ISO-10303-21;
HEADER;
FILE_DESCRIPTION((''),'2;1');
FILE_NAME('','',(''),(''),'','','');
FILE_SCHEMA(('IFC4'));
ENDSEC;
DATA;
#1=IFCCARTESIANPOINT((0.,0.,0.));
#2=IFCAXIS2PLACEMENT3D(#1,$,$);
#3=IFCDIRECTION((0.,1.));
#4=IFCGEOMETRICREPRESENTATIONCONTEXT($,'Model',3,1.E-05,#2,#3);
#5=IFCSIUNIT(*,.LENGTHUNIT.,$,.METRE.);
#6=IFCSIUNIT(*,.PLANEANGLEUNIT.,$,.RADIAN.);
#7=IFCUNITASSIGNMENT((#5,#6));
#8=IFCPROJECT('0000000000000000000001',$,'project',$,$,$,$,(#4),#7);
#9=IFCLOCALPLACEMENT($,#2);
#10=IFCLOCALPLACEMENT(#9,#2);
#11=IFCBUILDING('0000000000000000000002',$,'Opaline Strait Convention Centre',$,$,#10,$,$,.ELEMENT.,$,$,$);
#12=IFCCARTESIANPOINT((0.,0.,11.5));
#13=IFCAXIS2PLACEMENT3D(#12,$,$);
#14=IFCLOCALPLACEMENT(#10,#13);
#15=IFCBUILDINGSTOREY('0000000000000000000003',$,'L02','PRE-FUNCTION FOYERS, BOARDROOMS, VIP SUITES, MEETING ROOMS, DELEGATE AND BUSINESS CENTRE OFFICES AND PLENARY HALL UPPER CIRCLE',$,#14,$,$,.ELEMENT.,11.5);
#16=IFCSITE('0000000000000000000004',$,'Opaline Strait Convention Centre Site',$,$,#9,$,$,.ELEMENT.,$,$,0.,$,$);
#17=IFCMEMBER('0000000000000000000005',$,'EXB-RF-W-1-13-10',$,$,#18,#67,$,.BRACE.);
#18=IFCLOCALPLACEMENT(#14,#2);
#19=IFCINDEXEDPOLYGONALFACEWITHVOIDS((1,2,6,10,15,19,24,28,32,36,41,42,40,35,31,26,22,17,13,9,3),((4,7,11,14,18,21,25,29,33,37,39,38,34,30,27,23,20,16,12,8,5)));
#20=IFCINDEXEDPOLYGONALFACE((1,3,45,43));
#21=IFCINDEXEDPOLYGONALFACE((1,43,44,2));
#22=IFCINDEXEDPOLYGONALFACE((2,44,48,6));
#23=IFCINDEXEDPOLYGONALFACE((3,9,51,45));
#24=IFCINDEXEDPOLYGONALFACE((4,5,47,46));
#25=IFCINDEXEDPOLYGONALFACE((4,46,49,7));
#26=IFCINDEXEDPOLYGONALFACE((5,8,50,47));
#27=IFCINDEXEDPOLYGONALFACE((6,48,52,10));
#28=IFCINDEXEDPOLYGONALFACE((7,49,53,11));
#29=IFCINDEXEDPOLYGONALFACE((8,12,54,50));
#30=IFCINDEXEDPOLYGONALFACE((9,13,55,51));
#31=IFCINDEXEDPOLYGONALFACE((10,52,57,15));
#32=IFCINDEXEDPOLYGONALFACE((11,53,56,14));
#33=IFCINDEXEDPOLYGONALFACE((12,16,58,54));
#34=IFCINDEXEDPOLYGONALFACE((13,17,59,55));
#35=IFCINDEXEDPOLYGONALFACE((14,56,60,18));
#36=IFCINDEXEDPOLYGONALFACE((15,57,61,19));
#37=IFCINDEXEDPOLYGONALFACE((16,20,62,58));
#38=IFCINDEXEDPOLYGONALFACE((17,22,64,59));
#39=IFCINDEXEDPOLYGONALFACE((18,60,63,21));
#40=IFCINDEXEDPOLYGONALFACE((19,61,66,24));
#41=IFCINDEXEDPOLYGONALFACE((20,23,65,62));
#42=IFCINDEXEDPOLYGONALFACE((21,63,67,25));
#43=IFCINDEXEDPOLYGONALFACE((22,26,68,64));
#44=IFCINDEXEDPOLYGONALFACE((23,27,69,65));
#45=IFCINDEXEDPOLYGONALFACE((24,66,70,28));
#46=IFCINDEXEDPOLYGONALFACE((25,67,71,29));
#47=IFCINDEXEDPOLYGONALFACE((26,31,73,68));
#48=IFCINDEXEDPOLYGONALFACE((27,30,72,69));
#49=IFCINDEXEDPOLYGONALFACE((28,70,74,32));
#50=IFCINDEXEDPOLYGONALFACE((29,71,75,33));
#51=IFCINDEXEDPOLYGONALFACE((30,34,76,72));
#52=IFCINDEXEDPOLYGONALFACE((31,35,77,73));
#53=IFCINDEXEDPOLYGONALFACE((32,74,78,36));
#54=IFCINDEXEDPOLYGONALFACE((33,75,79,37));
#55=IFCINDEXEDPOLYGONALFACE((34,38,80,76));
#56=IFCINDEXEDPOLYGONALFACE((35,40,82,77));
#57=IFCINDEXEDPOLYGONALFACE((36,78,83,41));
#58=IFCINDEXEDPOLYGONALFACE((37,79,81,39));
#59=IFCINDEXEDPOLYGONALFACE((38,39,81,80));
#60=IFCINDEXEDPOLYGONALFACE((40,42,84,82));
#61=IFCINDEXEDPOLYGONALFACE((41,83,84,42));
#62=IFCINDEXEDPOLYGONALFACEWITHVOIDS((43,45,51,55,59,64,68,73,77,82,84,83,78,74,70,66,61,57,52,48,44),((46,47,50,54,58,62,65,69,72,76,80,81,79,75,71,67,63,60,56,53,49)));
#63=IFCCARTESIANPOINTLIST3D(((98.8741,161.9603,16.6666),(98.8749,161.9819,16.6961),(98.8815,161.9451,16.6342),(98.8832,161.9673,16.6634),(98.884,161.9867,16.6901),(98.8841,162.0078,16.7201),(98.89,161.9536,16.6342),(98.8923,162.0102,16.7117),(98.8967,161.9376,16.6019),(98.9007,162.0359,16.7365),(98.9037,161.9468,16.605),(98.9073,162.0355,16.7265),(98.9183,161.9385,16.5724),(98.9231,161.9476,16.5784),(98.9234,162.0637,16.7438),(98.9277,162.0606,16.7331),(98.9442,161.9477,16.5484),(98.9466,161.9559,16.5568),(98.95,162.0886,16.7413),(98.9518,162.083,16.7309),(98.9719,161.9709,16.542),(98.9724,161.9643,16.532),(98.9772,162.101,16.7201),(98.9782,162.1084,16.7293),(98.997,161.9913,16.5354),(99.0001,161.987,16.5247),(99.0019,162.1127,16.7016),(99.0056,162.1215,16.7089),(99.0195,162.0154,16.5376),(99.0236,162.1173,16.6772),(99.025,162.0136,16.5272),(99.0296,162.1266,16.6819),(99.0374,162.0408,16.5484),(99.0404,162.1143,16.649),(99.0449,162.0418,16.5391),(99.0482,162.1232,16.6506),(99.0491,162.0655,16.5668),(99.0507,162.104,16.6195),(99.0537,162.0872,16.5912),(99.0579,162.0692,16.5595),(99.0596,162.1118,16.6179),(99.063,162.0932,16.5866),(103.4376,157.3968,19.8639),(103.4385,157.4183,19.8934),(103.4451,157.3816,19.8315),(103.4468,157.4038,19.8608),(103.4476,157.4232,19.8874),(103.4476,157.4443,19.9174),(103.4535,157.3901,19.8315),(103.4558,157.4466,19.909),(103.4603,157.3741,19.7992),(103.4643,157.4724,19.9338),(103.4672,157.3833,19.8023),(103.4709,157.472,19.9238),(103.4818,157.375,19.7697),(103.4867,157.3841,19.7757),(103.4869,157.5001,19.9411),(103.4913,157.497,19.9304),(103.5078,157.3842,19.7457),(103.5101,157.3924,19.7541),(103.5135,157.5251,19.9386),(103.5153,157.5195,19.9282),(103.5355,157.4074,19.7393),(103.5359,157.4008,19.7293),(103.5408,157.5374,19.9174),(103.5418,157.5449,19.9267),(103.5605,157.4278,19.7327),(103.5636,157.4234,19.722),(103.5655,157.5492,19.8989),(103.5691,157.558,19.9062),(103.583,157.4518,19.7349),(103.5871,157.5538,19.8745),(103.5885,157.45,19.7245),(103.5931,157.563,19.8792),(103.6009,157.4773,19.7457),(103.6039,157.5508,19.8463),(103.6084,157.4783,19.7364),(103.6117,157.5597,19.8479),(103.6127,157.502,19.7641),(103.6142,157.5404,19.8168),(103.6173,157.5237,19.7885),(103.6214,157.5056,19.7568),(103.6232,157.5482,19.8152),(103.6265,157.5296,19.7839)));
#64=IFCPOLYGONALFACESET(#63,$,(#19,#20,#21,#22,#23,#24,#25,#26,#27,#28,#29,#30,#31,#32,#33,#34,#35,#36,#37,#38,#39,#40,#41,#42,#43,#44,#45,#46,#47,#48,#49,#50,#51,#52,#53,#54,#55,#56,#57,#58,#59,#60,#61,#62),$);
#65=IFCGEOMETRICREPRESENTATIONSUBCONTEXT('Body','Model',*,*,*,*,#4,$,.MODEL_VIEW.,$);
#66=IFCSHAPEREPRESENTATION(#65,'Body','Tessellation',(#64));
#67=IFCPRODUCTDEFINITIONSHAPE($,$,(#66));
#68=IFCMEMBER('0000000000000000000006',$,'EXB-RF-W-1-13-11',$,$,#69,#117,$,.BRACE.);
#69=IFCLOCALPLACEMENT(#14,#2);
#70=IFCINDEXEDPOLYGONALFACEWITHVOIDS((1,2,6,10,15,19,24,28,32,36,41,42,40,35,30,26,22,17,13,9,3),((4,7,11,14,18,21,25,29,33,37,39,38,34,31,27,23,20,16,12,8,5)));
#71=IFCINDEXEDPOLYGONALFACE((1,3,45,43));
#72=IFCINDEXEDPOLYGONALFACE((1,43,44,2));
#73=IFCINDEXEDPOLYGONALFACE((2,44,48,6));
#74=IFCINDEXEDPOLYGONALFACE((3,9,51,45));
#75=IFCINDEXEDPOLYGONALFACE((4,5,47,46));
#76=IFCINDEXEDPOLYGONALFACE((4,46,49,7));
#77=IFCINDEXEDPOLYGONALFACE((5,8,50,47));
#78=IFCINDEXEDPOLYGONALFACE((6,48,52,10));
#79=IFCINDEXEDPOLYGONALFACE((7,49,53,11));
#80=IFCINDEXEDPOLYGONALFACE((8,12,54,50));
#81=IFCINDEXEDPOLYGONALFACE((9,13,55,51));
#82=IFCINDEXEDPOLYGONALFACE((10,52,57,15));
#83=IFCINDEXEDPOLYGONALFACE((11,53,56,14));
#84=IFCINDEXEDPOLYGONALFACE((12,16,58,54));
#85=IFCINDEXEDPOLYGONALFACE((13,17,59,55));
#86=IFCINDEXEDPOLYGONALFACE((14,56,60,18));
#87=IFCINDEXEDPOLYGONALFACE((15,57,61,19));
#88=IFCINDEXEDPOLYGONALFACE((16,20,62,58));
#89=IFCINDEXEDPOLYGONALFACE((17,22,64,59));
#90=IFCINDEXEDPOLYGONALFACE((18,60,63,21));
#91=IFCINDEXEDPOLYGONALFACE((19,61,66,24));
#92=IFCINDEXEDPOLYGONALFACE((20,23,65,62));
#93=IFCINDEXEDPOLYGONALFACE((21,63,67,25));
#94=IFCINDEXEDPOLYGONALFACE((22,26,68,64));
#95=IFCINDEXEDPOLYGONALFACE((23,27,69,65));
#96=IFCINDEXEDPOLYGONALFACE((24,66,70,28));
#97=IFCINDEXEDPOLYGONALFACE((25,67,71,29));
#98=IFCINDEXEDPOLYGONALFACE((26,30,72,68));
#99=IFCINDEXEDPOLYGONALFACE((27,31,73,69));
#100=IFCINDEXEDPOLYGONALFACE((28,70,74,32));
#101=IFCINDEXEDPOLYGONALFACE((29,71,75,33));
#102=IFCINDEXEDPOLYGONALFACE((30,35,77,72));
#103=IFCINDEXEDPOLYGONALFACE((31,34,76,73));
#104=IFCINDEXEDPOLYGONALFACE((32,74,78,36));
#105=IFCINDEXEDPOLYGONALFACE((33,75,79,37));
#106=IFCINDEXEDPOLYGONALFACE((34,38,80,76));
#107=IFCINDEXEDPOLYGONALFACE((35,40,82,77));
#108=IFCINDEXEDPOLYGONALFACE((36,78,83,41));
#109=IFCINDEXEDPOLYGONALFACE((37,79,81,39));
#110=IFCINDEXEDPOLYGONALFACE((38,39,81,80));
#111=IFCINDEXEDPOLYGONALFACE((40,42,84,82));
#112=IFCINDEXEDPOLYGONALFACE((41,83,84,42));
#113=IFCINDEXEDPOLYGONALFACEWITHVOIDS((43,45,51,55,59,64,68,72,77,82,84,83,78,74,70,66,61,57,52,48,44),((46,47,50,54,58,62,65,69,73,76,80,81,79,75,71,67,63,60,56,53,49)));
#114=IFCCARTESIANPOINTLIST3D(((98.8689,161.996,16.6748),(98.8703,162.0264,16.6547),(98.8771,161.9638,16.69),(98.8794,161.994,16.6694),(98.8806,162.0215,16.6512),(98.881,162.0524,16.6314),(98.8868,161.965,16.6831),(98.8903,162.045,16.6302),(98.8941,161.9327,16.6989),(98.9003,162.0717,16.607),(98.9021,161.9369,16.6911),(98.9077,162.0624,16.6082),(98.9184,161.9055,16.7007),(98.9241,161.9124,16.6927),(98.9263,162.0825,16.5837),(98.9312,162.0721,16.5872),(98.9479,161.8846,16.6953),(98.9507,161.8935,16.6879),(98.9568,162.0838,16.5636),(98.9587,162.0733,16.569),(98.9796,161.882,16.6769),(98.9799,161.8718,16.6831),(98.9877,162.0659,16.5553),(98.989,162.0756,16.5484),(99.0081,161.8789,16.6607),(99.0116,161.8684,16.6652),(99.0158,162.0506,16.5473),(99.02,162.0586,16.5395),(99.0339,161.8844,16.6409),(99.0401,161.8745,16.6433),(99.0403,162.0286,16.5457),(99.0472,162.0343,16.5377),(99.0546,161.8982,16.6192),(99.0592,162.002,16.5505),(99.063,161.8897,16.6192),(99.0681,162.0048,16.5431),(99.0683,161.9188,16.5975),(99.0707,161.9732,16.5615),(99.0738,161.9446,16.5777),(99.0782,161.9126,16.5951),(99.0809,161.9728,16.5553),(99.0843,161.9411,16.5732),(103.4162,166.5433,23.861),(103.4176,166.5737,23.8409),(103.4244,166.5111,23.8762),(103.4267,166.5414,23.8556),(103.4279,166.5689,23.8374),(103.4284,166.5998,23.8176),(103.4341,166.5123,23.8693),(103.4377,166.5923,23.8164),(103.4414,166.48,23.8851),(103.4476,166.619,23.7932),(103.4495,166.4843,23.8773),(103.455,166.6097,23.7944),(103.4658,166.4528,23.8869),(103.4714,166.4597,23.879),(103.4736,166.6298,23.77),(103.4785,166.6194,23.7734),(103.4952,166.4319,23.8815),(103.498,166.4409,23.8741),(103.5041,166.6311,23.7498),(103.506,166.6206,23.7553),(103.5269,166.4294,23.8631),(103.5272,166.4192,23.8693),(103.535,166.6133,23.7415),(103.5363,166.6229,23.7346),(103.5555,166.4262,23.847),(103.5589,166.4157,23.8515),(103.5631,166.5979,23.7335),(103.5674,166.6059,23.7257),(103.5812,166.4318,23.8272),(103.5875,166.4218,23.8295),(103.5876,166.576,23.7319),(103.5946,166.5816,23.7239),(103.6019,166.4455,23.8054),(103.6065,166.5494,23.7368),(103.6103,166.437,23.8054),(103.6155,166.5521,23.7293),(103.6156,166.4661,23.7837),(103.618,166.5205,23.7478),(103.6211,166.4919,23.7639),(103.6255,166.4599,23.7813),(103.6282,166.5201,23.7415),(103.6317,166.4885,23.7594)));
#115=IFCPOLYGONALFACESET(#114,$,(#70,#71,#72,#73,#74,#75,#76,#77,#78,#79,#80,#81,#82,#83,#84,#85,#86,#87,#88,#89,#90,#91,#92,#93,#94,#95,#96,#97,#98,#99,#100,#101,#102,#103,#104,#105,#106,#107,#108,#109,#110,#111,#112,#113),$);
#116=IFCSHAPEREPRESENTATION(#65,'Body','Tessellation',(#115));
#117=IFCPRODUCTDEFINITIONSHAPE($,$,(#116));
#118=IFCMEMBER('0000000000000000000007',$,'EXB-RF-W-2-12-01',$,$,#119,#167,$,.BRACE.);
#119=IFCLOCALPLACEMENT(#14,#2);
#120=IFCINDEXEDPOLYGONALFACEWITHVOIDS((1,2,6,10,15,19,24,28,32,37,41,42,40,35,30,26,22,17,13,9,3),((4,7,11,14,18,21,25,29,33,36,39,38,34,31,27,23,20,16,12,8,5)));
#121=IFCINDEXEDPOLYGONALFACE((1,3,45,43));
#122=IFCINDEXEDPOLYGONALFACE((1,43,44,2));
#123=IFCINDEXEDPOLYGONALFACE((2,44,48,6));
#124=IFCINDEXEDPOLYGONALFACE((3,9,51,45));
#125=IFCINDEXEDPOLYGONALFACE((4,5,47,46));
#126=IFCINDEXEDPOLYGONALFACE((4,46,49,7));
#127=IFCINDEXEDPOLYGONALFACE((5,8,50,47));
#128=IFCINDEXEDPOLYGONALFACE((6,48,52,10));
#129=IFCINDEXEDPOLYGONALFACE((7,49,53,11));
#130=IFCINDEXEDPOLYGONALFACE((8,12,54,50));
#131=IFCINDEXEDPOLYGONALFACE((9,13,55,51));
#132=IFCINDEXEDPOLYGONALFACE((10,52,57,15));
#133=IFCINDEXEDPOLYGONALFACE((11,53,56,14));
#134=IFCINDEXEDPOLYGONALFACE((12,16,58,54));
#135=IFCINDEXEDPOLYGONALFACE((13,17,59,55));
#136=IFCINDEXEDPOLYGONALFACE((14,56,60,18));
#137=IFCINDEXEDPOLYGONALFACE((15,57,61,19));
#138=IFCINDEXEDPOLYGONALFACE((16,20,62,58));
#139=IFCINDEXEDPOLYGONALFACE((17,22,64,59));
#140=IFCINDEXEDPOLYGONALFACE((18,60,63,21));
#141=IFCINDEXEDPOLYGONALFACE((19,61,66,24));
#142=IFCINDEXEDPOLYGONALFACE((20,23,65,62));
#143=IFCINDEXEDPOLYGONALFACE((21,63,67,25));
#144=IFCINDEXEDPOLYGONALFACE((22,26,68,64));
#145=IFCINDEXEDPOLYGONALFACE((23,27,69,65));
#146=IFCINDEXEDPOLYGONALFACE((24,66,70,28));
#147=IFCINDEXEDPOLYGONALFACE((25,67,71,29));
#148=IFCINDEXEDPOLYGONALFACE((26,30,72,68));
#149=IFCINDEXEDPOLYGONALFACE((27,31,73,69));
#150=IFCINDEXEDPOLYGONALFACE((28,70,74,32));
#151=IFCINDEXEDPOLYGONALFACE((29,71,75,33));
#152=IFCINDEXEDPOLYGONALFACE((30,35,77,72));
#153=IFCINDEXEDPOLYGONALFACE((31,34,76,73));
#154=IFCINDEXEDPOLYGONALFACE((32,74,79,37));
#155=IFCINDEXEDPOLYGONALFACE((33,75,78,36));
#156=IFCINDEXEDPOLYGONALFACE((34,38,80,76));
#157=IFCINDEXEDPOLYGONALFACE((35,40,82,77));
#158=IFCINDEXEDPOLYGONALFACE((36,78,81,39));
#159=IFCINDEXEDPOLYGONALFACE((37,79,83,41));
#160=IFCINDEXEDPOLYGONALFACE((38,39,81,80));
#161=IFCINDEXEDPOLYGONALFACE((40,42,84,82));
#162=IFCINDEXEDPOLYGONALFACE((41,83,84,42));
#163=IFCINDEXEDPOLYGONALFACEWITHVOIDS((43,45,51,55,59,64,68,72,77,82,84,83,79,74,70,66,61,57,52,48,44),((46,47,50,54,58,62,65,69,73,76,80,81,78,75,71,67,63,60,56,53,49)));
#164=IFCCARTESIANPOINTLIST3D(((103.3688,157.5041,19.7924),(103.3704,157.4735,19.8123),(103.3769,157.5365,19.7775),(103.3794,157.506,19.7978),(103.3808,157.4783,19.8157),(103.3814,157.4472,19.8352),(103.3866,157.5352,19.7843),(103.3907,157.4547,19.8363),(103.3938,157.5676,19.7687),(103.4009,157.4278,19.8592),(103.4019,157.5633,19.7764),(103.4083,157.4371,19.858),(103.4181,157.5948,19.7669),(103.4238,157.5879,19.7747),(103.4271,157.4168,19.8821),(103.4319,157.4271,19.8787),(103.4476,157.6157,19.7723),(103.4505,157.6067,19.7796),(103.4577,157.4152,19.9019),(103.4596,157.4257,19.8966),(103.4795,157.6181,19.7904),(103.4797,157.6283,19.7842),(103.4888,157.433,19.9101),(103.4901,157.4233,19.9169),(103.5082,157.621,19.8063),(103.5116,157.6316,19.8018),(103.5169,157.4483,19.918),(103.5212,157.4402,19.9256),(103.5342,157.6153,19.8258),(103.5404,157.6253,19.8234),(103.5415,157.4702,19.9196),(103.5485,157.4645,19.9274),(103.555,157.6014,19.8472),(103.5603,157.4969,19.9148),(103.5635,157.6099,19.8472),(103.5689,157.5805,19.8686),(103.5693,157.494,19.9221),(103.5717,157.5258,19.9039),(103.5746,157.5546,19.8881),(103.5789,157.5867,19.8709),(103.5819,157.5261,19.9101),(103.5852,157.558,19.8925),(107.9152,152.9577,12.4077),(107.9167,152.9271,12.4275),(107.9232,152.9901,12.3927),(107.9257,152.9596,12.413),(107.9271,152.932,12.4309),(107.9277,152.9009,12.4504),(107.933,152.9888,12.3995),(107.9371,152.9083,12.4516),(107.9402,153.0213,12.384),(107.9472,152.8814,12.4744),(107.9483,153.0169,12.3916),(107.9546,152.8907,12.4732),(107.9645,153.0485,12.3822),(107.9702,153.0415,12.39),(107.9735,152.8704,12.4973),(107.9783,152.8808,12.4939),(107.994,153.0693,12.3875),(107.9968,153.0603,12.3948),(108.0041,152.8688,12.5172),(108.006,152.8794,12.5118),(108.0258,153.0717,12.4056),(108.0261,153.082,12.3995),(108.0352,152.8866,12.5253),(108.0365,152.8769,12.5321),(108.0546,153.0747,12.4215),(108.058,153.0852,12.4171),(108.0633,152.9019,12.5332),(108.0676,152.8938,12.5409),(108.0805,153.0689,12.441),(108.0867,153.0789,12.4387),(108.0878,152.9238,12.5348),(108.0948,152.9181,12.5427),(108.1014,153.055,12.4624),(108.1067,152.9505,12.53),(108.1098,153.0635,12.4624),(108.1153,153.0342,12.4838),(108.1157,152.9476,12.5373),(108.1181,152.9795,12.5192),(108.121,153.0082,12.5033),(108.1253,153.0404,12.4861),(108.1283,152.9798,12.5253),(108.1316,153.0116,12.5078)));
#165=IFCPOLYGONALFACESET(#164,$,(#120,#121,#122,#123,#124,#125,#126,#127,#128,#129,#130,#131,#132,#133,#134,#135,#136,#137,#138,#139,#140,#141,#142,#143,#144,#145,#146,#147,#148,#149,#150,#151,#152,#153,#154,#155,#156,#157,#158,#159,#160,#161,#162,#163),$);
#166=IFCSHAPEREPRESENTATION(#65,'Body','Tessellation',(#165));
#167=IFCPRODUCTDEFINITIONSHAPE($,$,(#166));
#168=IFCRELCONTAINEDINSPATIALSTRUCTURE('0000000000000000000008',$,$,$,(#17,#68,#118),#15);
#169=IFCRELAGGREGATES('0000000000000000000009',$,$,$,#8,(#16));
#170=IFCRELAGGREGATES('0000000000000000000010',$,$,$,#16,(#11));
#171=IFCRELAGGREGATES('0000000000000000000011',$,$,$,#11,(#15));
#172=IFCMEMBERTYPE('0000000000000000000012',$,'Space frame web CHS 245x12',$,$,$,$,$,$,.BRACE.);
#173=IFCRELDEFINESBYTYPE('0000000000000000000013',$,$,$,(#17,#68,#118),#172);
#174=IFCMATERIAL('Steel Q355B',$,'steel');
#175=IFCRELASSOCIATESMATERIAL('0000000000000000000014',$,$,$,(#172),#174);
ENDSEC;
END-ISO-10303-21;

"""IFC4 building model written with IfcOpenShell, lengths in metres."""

from ifc_helpers import new_model, si_unit, direction, frame, origin, origin_2d, place, context, subcontext, project, spatial, hollow_circle, extrude, material, material_profile, profile_set, type_object, element, save


model = new_model("IFC4")

# Units and contexts
model_context = context("Model", 3, precision=1e-05, world=origin(), true_north=direction((0.0, 1.0)))
body_context = subcontext(model_context, "Body", "Model", "MODEL_VIEW")
ifc_project = project(units=[si_unit("LENGTHUNIT", "METRE"), si_unit("PLANEANGLEUNIT", "RADIAN")], contexts=[model_context])

# Site, building, storey
site_placement = place(None, origin())
site = spatial("IfcSite", under=ifc_project, at=site_placement, Name="Opaline Strait Convention Centre Site", CompositionType="ELEMENT", RefElevation=0.0)
building_placement = place(site_placement, origin())
building = spatial("IfcBuilding", under=site, at=building_placement, Name="Opaline Strait Convention Centre", CompositionType="ELEMENT")
storey_placement = place(building_placement, frame((0.0, 0.0, 11.5)))
storey = spatial("IfcBuildingStorey", under=building, at=storey_placement, Name="L02", Description="PRE-FUNCTION FOYERS, BOARDROOMS, VIP SUITES, MEETING ROOMS, DELEGATE AND BUSINESS CENTRE OFFICES AND PLENARY HALL UPPER CIRCLE", CompositionType="ELEMENT", Elevation=11.5)

# Members
ifc_material_1 = material(Name="Steel Q355B", Category="steel")
ifc_material_profile_1 = material_profile(ifc_material_1, hollow_circle(Radius=0.1226, WallThickness=0.012, at=origin_2d()), Name="CHS 245x12")
ifc_profile_set_1 = profile_set([ifc_material_profile_1], Name="Steel Q355B")
member_type_1 = type_object("IfcMemberType", Name="Space frame web CHS 245x12", PredefinedType="BRACE", material=ifc_profile_set_1)
member_1_placement = place(storey_placement, frame((103.5317, 157.4683, 19.8315), z_axis=(-0.633614, 0.633614, -0.443923), x_axis=(-0.707107, -0.707107, 0.0)))
element("IfcMember", 1, at=member_1_placement, inside=storey, type_object=member_type_1, Name="EXB-RF-W-1-13-10", PredefinedType="BRACE", context=body_context, shape_type="SweptSolid", body=[
    extrude(hollow_circle(Radius=0.1226, WallThickness=0.012, at=origin_2d()), origin(), (0.0, 0.0, 1.0), 7.2024),
])
member_2_placement = place(storey_placement, frame((103.5237, 166.5237, 23.8054), z_axis=(-0.471541, -0.471541, -0.745184), x_axis=(0.707107, -0.707107, 0.0)))
element("IfcMember", 2, at=member_2_placement, inside=storey, type_object=member_type_1, Name="EXB-RF-W-1-13-11", PredefinedType="BRACE", context=body_context, shape_type="SweptSolid", body=[
    extrude(hollow_circle(Radius=0.1226, WallThickness=0.012, at=origin_2d()), origin(), (0.0, 0.0, 1.0), 9.6436),
])
member_3_placement = place(storey_placement, frame((103.4768, 157.5232, 19.8472), z_axis=(0.464318, -0.464318, -0.754199), x_axis=(0.707107, 0.707107, 0.0)))
element("IfcMember", 3, at=member_3_placement, inside=storey, type_object=member_type_1, Name="EXB-RF-W-2-12-01", PredefinedType="BRACE", context=body_context, shape_type="SweptSolid", body=[
    extrude(hollow_circle(Radius=0.1226, WallThickness=0.012, at=origin_2d()), origin(), (0.0, 0.0, 1.0), 9.7915),
])

save(model, "model.ifc")
